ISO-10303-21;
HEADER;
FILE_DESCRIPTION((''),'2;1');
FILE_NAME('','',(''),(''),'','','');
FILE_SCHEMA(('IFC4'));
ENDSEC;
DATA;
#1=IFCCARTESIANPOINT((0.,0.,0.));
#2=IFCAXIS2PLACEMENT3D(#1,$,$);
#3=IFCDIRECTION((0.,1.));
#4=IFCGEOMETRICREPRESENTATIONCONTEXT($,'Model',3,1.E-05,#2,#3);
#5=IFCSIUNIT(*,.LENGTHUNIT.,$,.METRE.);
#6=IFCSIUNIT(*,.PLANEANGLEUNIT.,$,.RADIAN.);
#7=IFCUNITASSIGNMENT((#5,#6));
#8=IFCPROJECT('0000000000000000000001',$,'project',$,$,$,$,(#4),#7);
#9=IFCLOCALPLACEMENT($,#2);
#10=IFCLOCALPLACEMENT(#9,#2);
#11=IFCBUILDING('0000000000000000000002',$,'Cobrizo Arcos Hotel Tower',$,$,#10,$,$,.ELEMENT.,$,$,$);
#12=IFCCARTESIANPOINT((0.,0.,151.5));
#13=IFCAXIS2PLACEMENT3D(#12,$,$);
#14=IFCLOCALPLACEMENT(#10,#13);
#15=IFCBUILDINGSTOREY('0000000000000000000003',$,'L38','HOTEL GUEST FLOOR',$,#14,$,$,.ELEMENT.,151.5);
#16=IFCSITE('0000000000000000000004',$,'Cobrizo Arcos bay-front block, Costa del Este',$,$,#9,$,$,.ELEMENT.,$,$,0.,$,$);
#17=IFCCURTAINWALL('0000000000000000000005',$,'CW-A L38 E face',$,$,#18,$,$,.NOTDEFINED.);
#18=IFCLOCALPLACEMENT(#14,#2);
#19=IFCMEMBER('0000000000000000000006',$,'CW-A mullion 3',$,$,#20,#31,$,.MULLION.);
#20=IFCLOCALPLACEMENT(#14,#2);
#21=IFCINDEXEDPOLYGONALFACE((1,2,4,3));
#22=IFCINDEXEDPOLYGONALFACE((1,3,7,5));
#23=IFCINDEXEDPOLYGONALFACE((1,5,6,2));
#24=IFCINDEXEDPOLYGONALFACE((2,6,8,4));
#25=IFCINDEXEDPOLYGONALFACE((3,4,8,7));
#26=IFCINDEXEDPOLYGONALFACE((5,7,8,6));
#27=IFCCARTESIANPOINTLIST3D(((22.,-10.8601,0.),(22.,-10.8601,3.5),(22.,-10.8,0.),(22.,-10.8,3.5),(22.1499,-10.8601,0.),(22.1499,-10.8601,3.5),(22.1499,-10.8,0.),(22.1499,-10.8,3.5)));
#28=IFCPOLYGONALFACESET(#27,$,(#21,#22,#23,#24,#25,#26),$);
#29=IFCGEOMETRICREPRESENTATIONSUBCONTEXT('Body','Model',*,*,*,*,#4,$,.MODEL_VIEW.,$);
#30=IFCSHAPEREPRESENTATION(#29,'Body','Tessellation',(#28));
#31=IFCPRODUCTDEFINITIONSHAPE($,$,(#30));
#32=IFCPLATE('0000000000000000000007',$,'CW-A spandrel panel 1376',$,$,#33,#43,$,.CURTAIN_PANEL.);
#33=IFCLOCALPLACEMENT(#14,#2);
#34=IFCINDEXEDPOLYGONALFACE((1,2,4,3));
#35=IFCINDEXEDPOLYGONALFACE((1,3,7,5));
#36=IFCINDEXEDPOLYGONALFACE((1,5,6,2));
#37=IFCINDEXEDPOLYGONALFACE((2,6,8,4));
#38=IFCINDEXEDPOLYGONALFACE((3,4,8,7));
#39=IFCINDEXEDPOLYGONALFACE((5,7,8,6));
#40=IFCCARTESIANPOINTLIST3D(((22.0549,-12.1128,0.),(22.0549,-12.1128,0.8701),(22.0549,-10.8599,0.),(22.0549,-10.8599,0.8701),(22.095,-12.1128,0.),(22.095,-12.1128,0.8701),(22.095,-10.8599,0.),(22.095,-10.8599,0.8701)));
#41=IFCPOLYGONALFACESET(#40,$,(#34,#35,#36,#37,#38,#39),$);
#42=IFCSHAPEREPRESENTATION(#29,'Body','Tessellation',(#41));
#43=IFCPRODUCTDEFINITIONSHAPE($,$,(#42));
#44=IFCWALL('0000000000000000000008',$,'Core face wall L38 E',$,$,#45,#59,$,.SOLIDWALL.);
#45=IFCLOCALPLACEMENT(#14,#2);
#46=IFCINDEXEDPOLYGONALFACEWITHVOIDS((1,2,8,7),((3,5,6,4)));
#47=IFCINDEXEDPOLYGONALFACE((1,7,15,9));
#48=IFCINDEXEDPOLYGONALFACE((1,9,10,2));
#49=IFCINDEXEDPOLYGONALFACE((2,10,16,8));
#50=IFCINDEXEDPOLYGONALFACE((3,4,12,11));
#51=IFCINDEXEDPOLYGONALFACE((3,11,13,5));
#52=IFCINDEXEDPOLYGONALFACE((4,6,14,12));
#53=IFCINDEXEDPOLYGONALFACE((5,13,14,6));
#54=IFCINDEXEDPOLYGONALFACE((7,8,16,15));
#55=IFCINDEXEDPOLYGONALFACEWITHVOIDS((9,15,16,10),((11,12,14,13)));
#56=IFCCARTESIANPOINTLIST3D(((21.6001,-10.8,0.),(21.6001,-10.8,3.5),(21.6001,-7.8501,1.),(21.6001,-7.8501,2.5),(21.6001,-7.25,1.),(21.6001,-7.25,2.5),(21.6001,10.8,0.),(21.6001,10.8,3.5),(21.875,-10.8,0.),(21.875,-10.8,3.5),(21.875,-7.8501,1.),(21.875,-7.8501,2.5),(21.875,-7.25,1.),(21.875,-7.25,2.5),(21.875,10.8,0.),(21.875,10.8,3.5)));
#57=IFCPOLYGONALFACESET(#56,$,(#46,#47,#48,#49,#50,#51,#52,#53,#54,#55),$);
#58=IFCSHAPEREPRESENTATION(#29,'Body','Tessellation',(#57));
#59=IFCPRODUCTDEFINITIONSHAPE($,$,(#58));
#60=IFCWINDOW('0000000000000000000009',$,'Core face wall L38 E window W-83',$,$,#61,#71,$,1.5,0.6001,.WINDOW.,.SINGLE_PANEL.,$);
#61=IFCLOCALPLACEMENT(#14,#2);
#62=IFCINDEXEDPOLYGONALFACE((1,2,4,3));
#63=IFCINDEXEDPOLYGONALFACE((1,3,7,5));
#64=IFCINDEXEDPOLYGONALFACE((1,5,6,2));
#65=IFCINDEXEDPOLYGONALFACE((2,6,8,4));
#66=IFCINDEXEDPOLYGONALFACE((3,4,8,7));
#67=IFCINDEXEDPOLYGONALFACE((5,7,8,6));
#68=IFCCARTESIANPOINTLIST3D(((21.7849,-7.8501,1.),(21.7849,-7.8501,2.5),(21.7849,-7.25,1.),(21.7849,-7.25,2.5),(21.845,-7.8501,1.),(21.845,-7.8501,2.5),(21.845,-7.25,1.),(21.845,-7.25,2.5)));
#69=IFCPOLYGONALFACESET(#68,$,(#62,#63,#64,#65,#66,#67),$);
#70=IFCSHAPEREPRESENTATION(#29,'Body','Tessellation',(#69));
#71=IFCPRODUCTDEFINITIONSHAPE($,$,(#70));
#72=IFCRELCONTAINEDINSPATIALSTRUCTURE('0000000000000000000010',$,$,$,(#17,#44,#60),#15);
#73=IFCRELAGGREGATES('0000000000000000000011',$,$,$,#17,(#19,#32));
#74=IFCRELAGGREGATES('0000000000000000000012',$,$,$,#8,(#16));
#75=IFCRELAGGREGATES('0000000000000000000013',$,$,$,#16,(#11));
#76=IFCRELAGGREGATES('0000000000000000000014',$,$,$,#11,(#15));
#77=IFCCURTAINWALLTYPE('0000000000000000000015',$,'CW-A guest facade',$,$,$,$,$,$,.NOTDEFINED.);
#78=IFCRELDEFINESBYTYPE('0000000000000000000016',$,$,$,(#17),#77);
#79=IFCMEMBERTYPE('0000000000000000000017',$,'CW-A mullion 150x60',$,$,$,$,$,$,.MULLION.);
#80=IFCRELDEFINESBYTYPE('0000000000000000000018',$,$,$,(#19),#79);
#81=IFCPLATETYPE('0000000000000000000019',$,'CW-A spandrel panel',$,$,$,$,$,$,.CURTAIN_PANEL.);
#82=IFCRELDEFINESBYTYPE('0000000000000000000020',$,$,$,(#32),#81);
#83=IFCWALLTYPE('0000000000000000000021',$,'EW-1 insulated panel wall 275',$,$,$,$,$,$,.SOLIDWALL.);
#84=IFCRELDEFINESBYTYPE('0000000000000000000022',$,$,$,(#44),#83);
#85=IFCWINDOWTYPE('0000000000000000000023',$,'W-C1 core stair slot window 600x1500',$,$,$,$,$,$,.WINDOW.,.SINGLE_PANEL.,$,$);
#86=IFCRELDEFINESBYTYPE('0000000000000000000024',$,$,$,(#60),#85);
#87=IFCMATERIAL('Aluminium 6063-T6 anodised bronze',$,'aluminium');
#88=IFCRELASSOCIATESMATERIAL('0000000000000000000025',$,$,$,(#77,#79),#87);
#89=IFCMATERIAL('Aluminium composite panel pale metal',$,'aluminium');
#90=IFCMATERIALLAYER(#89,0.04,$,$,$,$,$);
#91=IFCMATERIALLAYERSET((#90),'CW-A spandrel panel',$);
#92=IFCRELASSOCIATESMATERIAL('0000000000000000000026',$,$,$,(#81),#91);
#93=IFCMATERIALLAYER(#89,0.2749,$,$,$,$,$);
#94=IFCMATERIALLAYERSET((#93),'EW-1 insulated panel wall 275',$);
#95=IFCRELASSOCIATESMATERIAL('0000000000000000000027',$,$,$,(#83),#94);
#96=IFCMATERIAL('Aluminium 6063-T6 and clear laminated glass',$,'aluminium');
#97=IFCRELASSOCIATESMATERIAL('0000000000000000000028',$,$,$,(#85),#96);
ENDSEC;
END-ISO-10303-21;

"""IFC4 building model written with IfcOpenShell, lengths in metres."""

from ifc_helpers import new_model, si_unit, direction, frame, frame_2d, origin, origin_2d, place, context, subcontext, project, spatial, rectangle, extrude, material, layer, layer_set, material_profile, profile_set, type_object, element, fill, aggregate, save


model = new_model("IFC4")

# Units and contexts
model_context = context("Model", 3, precision=1e-05, world=origin(), true_north=direction((0.0, 1.0)))
body_context = subcontext(model_context, "Body", "Model", "MODEL_VIEW")
ifc_project = project(units=[si_unit("LENGTHUNIT", "METRE"), si_unit("PLANEANGLEUNIT", "RADIAN")], contexts=[model_context])

# Site, building, storey
site_placement = place(None, origin())
site = spatial("IfcSite", under=ifc_project, at=site_placement, Name="Cobrizo Arcos bay-front block, Costa del Este", CompositionType="ELEMENT", RefElevation=0.0)
building_placement = place(site_placement, origin())
building = spatial("IfcBuilding", under=site, at=building_placement, Name="Cobrizo Arcos Hotel Tower", CompositionType="ELEMENT")
storey_placement = place(building_placement, frame((0.0, 0.0, 151.5)))
storey = spatial("IfcBuildingStorey", under=building, at=storey_placement, Name="L38", Description="HOTEL GUEST FLOOR", CompositionType="ELEMENT", Elevation=151.5)

# Curtain wall, member, plate
ifc_material_1 = material(Name="Aluminium 6063-T6 anodised bronze", Category="aluminium")
curtain_wall_type = type_object("IfcCurtainWallType", Name="CW-A guest facade", PredefinedType="NOTDEFINED", material=ifc_material_1)
curtain_wall_placement = place(storey_placement, origin())
curtain_wall = element("IfcCurtainWall", 1, at=curtain_wall_placement, inside=storey, type_object=curtain_wall_type, Name="CW-A L38 E face", PredefinedType="NOTDEFINED")
ifc_material_profile = material_profile(ifc_material_1, rectangle(XDim=0.1499, YDim=0.0601, at=origin_2d()), Name="CW-A mullion 150x60")
ifc_profile_set = profile_set([ifc_material_profile], Name="Aluminium 6063-T6 anodised bronze")
member_type = type_object("IfcMemberType", Name="CW-A mullion 150x60", PredefinedType="MULLION", material=ifc_profile_set)
member_placement = place(storey_placement, frame((22.075, -10.8301, 0.0), z_axis=(0.0, 0.0, 1.0), x_axis=(1.0, 0.0, 0.0)))
member = element("IfcMember", 2, at=member_placement, type_object=member_type, Name="CW-A mullion 3", PredefinedType="MULLION", context=body_context, shape_type="SweptSolid", body=[
    extrude(rectangle(XDim=0.1499, YDim=0.0601, at=origin_2d()), origin(), (0.0, 0.0, 1.0), 3.5),
])
ifc_material_2 = material(Name="Aluminium composite panel pale metal", Category="aluminium")
ifc_layer_1 = layer(ifc_material_2, 0.04)
ifc_layer_set_1 = layer_set([ifc_layer_1], Name="CW-A spandrel panel")
plate_type = type_object("IfcPlateType", Name="CW-A spandrel panel", PredefinedType="CURTAIN_PANEL", material=ifc_layer_set_1)
plate_placement = place(storey_placement, frame((22.075, -11.4863, 0.0), z_axis=(0.0, 0.0, 1.0), x_axis=(0.0, 1.0, 0.0)))
plate = element("IfcPlate", 3, at=plate_placement, type_object=plate_type, Name="CW-A spandrel panel 1376", PredefinedType="CURTAIN_PANEL", context=body_context, shape_type="SweptSolid", body=[
    extrude(rectangle(XDim=1.2529, YDim=0.04, at=origin_2d()), origin(), (0.0, 0.0, 1.0), 0.8701),
])
aggregate(curtain_wall, [member, plate])

# Wall, opening, window
ifc_layer_2 = layer(ifc_material_2, 0.2749)
ifc_layer_set_2 = layer_set([ifc_layer_2], Name="EW-1 insulated panel wall 275")
wall_type_1 = type_object("IfcWallType", Name="EW-1 insulated panel wall 275", PredefinedType="SOLIDWALL", material=ifc_layer_set_2)
wall_1_placement = place(storey_placement, frame((21.7375, -10.8, 0.0), z_axis=(0.0, 0.0, 1.0), x_axis=(0.0, 1.0, 0.0)))
wall_1 = element("IfcWall", 4, at=wall_1_placement, inside=storey, type_object=wall_type_1, Name="Core face wall L38 E", PredefinedType="SOLIDWALL", context=body_context, shape_type="SweptSolid", body=[
    extrude(rectangle(XDim=21.6001, YDim=0.2749, at=frame_2d((10.8, 0.0))), origin(), (0.0, 0.0, 1.0), 3.5),
])
opening_1_placement = place(wall_1_placement, frame((2.95, 0.0, 1.0)))
opening_1 = element("IfcOpeningElement", 5, at=opening_1_placement, cuts=wall_1, PredefinedType="OPENING", context=body_context, shape_type="SweptSolid", body=[
    extrude(rectangle(XDim=0.6001, YDim=1.5, at=frame_2d((0.3, 0.75))), frame((0.0, 0.1494, 0.0), z_axis=(0.0, -1.0, 0.0), x_axis=(1.0, 0.0, 0.0)), (0.0, 0.0, 1.0), 0.2988),
])
ifc_material_3 = material(Name="Aluminium 6063-T6 and clear laminated glass", Category="aluminium")
window_type = type_object("IfcWindowType", Name="W-C1 core stair slot window 600x1500", PartitioningType="SINGLE_PANEL", PredefinedType="WINDOW", material=ifc_material_3)
window_placement = place(opening_1_placement, origin())
window = element("IfcWindow", 6, at=window_placement, inside=storey, type_object=window_type, Name="Core face wall L38 E window W-83", OverallHeight=1.5, OverallWidth=0.6001, PartitioningType="SINGLE_PANEL", PredefinedType="WINDOW", context=body_context, shape_type="SweptSolid", body=[
    extrude(rectangle(XDim=0.6001, YDim=1.5, at=frame_2d((0.3, 0.75))), frame((0.0, -0.0474, 0.0), z_axis=(0.0, -1.0, 0.0), x_axis=(1.0, 0.0, 0.0)), (0.0, 0.0, 1.0), 0.0601),
])
fill(opening_1, window)

save(model, "model.ifc")
